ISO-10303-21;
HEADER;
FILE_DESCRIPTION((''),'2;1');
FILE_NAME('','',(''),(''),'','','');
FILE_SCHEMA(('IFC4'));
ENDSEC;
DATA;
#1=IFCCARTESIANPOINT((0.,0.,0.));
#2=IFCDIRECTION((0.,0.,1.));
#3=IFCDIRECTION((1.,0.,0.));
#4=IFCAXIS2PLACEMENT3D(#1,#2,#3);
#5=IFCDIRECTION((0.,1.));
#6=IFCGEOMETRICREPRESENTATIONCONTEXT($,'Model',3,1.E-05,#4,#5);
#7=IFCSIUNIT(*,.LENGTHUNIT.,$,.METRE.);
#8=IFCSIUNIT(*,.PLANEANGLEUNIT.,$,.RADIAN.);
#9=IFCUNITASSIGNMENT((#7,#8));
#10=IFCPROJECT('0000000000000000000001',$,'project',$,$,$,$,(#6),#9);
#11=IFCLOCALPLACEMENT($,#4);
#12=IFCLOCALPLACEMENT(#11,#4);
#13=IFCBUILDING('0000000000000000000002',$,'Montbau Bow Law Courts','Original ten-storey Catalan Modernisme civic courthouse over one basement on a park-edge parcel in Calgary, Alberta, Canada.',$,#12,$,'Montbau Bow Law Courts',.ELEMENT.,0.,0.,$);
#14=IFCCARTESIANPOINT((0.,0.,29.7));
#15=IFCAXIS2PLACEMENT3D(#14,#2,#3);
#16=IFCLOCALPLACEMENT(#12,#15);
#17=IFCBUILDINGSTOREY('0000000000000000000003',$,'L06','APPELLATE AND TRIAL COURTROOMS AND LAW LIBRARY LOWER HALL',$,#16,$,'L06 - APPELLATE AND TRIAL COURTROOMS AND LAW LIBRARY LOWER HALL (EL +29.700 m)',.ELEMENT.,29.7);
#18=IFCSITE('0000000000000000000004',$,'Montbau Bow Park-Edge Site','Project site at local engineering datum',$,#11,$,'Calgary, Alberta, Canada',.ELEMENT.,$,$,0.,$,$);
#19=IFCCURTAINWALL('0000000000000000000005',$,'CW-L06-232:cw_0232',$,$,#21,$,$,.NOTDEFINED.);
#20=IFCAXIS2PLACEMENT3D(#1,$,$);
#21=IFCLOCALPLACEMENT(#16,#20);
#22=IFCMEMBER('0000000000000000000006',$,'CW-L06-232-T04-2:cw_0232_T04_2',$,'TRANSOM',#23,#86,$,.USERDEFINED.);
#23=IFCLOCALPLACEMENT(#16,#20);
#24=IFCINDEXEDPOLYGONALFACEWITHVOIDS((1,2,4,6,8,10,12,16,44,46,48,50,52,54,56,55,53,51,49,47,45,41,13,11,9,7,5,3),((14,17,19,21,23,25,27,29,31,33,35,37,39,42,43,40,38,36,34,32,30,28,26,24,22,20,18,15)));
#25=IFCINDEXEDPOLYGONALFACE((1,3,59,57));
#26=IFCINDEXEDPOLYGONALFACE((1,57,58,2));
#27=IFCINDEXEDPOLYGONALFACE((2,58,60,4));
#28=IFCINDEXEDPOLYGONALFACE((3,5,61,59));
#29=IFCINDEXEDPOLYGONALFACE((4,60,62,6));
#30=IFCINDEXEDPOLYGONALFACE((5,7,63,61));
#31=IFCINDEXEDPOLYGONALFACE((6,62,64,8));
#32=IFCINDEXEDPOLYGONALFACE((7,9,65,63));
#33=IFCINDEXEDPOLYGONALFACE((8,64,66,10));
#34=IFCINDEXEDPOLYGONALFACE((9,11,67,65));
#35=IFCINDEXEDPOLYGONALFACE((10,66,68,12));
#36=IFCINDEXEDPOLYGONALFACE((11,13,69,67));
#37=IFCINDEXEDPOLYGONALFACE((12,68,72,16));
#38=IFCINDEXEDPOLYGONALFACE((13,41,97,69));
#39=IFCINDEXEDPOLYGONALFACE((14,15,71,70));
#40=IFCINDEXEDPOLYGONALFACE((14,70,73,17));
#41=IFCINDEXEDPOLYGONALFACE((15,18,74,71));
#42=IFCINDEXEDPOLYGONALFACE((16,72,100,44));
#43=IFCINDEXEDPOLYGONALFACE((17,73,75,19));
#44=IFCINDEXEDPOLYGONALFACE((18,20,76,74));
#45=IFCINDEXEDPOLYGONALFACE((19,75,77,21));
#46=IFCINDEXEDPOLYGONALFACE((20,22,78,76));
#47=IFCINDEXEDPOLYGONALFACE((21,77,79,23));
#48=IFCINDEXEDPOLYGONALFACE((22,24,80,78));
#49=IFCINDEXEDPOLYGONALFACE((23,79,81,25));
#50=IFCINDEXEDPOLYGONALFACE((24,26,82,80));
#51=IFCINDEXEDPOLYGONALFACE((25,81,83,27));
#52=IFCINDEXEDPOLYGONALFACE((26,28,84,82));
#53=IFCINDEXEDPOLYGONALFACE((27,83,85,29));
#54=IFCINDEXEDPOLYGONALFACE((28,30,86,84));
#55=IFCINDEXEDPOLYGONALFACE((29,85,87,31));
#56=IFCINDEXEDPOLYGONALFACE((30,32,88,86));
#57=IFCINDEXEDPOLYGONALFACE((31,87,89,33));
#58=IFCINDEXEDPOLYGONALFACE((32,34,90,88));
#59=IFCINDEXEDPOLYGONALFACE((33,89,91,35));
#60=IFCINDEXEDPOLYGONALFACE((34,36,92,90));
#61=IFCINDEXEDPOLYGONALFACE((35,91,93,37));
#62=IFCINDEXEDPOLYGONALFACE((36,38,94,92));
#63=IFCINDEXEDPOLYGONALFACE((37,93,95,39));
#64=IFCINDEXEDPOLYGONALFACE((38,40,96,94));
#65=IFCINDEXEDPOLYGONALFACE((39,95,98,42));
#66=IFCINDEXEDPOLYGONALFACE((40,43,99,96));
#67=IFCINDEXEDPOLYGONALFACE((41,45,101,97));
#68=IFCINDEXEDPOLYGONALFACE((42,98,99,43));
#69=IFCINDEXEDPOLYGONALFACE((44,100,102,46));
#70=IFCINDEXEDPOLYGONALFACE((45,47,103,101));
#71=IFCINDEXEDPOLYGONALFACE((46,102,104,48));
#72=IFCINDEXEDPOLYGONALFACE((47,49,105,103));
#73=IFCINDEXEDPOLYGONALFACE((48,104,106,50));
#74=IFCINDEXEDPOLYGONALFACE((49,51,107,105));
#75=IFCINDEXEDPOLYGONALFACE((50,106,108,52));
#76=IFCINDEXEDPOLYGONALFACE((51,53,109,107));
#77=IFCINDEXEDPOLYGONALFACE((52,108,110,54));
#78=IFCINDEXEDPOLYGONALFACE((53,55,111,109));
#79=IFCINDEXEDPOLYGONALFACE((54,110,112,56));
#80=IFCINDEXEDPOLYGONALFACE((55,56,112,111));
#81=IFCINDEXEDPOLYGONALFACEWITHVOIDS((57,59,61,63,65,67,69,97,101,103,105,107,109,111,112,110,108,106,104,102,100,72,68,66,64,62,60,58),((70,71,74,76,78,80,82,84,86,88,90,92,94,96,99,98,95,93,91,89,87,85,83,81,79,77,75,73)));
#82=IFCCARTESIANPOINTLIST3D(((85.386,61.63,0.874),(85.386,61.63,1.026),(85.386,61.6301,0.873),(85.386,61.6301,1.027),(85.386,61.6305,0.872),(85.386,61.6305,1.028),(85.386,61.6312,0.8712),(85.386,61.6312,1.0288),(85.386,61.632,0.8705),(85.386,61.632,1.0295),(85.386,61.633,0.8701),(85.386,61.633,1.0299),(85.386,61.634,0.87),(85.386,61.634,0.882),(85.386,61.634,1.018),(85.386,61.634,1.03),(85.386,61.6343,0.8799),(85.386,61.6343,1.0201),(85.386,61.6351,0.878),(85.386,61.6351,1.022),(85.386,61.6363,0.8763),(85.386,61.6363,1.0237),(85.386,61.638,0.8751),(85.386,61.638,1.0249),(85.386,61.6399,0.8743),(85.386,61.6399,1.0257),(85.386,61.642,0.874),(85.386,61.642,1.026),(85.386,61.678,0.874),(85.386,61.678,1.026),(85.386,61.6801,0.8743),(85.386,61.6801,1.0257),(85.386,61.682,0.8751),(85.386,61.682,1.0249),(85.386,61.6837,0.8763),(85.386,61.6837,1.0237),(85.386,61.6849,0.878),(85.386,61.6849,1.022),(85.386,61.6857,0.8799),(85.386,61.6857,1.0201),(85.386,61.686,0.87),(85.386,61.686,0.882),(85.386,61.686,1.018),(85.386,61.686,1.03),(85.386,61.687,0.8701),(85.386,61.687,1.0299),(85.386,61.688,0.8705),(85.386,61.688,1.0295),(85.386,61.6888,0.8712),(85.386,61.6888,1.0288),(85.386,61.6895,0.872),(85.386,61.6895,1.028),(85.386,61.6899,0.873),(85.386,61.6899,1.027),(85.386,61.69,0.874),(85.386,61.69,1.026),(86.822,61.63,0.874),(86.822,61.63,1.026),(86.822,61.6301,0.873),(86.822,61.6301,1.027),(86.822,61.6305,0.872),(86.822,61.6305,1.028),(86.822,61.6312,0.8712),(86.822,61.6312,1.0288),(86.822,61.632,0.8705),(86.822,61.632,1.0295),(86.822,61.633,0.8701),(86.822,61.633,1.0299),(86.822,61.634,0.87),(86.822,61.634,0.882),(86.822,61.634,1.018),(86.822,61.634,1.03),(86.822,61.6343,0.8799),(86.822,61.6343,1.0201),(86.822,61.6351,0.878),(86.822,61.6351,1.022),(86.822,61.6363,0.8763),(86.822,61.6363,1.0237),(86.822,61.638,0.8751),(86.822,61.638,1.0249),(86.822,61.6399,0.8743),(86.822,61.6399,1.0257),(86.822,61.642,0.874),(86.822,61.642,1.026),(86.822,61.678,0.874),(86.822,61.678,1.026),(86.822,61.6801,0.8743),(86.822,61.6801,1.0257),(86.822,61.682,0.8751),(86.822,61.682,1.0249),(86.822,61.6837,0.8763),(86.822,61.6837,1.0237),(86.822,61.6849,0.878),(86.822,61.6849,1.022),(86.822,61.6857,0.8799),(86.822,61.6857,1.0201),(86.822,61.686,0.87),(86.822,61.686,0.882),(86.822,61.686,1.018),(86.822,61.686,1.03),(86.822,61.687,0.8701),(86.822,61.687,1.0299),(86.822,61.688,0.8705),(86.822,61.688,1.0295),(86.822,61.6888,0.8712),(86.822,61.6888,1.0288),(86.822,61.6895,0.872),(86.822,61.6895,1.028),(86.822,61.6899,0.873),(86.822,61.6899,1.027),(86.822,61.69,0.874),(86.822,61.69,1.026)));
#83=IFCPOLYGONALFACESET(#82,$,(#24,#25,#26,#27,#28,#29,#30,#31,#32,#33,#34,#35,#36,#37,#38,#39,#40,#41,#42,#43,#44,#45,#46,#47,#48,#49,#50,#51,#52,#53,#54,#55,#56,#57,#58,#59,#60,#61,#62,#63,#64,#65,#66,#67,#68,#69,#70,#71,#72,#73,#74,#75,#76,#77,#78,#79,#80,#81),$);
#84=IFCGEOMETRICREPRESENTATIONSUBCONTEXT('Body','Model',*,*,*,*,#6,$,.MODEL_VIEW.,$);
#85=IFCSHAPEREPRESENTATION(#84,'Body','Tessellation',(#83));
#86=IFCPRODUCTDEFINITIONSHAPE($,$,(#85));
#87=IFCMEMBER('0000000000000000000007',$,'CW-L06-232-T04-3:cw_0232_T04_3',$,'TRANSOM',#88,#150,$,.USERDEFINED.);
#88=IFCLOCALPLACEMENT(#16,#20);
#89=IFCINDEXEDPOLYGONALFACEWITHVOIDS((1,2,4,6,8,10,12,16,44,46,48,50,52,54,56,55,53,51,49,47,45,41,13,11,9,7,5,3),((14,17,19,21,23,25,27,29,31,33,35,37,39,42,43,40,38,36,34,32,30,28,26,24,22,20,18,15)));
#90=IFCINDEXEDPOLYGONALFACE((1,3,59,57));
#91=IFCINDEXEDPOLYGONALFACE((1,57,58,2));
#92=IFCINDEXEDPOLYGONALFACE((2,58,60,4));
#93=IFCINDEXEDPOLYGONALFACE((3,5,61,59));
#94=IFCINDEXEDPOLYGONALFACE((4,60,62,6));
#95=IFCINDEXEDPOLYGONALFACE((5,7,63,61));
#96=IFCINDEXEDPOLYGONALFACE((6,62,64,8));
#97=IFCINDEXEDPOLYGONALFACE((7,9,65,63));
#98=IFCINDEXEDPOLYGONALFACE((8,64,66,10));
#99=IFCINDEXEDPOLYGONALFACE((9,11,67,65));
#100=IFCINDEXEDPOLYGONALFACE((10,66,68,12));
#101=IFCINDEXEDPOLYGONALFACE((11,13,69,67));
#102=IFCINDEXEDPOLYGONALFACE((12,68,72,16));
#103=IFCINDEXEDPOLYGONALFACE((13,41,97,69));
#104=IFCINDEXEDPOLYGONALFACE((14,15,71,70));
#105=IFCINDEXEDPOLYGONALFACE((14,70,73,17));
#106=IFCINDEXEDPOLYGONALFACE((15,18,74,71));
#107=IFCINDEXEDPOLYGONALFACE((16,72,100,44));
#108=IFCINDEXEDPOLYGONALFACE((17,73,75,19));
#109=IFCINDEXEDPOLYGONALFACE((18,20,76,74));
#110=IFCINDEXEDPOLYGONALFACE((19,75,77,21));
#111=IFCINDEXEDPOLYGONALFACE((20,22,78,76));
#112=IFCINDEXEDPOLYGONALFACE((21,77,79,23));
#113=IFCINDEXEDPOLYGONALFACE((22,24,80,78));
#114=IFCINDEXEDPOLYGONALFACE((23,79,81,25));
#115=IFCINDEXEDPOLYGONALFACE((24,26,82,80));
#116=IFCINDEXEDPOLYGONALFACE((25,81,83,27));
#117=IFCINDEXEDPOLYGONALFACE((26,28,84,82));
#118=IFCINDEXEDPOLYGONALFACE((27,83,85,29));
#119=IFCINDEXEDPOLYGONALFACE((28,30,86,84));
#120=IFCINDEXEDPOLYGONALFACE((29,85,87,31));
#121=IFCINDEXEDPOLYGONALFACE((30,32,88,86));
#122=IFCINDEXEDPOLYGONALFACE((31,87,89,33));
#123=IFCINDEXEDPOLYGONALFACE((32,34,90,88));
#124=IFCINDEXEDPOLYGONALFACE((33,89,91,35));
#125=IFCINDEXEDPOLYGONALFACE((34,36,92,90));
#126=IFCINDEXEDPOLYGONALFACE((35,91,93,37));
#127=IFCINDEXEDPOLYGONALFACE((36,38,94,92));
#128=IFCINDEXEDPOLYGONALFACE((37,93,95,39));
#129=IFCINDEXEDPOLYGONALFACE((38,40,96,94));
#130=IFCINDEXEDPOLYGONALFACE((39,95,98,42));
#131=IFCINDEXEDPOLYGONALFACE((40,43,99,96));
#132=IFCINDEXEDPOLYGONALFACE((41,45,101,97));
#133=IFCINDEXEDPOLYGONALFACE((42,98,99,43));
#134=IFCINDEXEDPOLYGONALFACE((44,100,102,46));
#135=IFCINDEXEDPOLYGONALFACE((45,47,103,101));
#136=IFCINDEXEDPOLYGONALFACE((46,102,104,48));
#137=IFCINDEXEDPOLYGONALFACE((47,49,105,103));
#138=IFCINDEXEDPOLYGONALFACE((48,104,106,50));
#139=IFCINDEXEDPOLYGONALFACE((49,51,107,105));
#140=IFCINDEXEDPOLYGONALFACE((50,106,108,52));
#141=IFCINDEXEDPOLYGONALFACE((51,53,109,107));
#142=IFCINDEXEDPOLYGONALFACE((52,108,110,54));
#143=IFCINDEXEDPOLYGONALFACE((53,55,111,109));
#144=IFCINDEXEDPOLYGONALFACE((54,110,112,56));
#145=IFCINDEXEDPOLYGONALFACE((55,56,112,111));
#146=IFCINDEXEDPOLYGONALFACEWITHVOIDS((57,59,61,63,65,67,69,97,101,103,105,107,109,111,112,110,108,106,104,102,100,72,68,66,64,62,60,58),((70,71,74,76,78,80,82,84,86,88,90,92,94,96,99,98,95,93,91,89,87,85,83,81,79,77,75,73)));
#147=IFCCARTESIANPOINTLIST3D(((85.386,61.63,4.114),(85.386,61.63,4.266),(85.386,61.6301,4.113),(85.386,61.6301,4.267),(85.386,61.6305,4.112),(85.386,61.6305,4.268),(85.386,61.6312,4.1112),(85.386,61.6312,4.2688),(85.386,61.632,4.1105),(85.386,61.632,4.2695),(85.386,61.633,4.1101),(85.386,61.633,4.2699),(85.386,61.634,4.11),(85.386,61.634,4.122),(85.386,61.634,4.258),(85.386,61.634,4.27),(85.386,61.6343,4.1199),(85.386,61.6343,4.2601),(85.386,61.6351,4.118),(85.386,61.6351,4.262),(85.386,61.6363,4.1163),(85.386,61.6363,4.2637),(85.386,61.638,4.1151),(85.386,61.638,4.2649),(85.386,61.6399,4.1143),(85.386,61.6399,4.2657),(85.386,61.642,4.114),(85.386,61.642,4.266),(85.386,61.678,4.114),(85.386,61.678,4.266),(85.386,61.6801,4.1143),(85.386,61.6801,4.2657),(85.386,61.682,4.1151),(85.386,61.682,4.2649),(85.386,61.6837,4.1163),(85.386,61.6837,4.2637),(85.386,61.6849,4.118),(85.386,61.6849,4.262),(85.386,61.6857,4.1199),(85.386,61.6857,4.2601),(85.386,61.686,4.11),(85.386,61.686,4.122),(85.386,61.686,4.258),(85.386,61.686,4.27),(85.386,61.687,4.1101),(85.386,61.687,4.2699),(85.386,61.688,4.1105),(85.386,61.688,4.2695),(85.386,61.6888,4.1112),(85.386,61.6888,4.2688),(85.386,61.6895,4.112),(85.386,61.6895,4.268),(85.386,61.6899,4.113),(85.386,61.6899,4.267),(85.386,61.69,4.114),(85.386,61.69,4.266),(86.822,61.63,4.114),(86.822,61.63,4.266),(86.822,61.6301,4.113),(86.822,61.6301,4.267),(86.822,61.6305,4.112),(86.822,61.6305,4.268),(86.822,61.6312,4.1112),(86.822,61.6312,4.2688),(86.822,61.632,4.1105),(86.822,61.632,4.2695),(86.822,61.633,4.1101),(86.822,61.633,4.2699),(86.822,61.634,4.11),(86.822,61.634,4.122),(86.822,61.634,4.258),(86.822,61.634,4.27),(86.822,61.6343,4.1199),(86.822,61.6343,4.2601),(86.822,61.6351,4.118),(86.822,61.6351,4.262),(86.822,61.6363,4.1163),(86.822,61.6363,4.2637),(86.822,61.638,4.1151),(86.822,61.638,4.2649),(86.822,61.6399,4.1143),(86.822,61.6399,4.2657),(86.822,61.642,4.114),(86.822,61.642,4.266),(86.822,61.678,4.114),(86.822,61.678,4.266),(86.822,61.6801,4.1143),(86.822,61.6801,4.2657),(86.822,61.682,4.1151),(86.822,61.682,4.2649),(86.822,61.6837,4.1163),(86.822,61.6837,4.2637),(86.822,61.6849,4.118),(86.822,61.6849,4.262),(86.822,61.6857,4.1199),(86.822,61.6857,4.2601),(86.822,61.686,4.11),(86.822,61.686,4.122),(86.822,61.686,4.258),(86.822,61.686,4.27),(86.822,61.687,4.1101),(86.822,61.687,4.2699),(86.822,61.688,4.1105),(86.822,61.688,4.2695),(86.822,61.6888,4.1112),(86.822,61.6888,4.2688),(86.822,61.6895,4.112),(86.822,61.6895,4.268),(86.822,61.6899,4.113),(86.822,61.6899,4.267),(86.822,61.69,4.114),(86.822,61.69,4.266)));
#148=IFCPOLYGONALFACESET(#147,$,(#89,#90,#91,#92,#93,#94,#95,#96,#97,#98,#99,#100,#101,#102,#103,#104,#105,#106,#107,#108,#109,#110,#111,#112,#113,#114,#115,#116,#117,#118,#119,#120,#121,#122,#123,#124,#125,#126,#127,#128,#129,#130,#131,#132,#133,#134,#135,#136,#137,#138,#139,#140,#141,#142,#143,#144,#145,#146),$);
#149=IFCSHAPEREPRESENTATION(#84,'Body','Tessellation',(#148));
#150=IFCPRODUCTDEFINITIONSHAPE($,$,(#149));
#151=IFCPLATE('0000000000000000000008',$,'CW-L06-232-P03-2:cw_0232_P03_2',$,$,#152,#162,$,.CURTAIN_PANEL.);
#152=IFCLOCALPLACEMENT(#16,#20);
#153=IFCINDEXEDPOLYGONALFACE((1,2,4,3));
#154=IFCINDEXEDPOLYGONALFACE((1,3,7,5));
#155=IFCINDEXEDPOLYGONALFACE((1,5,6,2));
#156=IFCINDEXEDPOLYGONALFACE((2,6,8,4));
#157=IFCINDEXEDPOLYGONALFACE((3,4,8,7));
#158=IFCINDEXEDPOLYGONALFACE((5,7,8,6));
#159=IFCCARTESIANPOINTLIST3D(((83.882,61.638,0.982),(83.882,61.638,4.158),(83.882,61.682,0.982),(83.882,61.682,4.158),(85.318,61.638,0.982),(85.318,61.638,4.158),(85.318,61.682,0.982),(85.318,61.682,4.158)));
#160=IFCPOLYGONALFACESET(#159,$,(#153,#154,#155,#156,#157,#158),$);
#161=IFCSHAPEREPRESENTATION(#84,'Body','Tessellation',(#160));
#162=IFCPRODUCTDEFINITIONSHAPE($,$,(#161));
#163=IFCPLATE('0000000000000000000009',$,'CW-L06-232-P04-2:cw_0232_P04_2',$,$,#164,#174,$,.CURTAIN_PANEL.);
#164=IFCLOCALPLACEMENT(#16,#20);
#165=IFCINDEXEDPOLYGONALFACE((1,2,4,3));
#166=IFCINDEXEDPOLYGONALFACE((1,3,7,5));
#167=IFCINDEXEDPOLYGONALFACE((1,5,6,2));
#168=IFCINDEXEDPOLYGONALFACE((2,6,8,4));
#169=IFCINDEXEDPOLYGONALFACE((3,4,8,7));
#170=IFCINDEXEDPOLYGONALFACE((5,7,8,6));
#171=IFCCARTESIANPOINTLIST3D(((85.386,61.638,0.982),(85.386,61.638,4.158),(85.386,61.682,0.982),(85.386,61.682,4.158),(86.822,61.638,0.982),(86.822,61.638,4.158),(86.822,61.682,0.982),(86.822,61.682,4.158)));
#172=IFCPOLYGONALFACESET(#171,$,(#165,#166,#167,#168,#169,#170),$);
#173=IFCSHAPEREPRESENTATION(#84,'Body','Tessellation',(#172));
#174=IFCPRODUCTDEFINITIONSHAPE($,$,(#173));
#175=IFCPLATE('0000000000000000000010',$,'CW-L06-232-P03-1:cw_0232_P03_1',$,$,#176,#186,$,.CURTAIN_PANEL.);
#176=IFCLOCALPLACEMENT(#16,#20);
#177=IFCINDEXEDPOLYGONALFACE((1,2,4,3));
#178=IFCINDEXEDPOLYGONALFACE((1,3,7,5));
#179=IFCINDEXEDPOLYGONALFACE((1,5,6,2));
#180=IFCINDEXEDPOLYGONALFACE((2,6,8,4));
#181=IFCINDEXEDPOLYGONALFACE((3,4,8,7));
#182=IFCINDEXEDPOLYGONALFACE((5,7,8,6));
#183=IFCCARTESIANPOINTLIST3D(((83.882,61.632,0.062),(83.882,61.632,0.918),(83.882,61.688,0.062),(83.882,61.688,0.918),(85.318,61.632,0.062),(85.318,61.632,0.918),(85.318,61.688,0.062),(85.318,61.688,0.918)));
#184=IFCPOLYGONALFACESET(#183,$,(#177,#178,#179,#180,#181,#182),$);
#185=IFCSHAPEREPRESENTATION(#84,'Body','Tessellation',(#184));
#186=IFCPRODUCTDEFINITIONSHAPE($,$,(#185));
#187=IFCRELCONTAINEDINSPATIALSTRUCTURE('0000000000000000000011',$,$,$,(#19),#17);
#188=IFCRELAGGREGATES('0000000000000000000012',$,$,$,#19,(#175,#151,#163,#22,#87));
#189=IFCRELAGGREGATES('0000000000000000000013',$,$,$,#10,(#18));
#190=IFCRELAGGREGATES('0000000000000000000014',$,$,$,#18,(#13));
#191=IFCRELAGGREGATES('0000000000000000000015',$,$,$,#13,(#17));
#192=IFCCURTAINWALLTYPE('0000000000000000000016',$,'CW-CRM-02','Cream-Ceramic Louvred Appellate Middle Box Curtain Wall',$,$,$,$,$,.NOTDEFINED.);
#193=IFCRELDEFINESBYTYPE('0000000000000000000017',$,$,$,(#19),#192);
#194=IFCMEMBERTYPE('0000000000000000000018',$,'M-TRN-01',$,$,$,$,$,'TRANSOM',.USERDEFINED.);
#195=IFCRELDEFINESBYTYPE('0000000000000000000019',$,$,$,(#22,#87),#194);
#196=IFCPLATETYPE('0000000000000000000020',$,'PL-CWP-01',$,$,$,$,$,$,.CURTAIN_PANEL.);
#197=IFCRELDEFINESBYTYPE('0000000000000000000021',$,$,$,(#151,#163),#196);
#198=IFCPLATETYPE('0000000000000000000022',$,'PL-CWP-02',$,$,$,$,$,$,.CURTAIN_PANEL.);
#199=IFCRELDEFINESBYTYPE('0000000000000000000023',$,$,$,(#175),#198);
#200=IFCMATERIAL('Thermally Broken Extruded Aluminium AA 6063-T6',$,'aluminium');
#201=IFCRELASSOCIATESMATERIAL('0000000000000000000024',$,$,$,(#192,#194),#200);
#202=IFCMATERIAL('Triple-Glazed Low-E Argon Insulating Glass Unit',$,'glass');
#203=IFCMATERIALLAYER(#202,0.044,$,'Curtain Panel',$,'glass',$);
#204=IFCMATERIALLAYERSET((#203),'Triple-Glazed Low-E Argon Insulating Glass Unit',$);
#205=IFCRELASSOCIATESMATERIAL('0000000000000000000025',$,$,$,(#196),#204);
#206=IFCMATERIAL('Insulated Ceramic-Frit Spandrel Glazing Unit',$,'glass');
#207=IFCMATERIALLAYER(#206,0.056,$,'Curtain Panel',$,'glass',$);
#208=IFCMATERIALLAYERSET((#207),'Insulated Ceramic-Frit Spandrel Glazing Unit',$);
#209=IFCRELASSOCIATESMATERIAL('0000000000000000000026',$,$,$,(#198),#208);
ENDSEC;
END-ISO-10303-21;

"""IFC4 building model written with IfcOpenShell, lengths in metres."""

from ifc_helpers import new_model, si_unit, direction, frame, frame_2d, origin_with_axes, origin_2d_with_axis, place, context, subcontext, project, spatial, rectangle, hollow_rectangle, extrude, material, layer, layer_set, material_profile, profile_set, type_object, element, aggregate, save


model = new_model("IFC4")

# Units and contexts
model_context = context("Model", 3, precision=1e-05, world=origin_with_axes(), true_north=direction((0.0, 1.0)))
body_context = subcontext(model_context, "Body", "Model", "MODEL_VIEW")
ifc_project = project(units=[si_unit("LENGTHUNIT", "METRE"), si_unit("PLANEANGLEUNIT", "RADIAN")], contexts=[model_context])

# Site, building, storey
site_placement = place(None, origin_with_axes())
site = spatial("IfcSite", under=ifc_project, at=site_placement, Name="Montbau Bow Park-Edge Site", Description="Project site at local engineering datum", LongName="Calgary, Alberta, Canada", CompositionType="ELEMENT", RefElevation=0.0)
building_placement = place(site_placement, origin_with_axes())
building = spatial("IfcBuilding", under=site, at=building_placement, Name="Montbau Bow Law Courts", Description="Original ten-storey Catalan Modernisme civic courthouse over one basement on a park-edge parcel in Calgary, Alberta, Canada.", LongName="Montbau Bow Law Courts", CompositionType="ELEMENT", ElevationOfRefHeight=0.0, ElevationOfTerrain=0.0)
storey_placement = place(building_placement, frame((0.0, 0.0, 29.7), z_axis=(0.0, 0.0, 1.0), x_axis=(1.0, 0.0, 0.0)))
storey = spatial("IfcBuildingStorey", under=building, at=storey_placement, Name="L06", Description="APPELLATE AND TRIAL COURTROOMS AND LAW LIBRARY LOWER HALL", LongName="L06 - APPELLATE AND TRIAL COURTROOMS AND LAW LIBRARY LOWER HALL (EL +29.700 m)", CompositionType="ELEMENT", Elevation=29.7)

# Curtain wall, members, plates
ifc_material_1 = material(Name="Thermally Broken Extruded Aluminium AA 6063-T6", Category="aluminium")
curtain_wall_type = type_object("IfcCurtainWallType", Name="CW-CRM-02", Description="Cream-Ceramic Louvred Appellate Middle Box Curtain Wall", PredefinedType="NOTDEFINED", material=ifc_material_1)
curtain_wall_placement = place(None, frame((80.84, 61.66, 29.7), z_axis=(0.0, 0.0, 1.0), x_axis=(1.0, 0.0, 0.0)))
curtain_wall = element("IfcCurtainWall", 1, at=curtain_wall_placement, inside=storey, type_object=curtain_wall_type, Name="CW-L06-232:cw_0232", PredefinedType="NOTDEFINED")
ifc_material_profile_1 = material_profile(ifc_material_1, hollow_rectangle(XDim=0.06, YDim=0.16, WallThickness=0.004, InnerFilletRadius=0.008, OuterFilletRadius=0.004, at=origin_2d_with_axis()), Name="CWT-160X60", Category="Main", Priority=0)
ifc_profile_set_1 = profile_set([ifc_material_profile_1], Name="Thermally Broken Extruded Aluminium AA 6063-T6")
member_type_1 = type_object("IfcMemberType", Name="M-TRN-01", ElementType="TRANSOM", PredefinedType="USERDEFINED", material=ifc_profile_set_1)
member_1_placement = place(None, frame((85.386, 61.66, 30.65), z_axis=(1.0, 0.0, 0.0), x_axis=(0.0, 1.0, 0.0)))
member_1 = element("IfcMember", 2, at=member_1_placement, type_object=member_type_1, Name="CW-L06-232-T04-2:cw_0232_T04_2", ObjectType="TRANSOM", PredefinedType="USERDEFINED", context=body_context, shape_type="SweptSolid", body=[
    extrude(hollow_rectangle(XDim=0.06, YDim=0.16, WallThickness=0.004, InnerFilletRadius=0.008, OuterFilletRadius=0.004, at=origin_2d_with_axis()), origin_with_axes(), (0.0, 0.0, 1.0), 1.436),
])
member_2_placement = place(None, frame((85.386, 61.66, 33.89), z_axis=(1.0, 0.0, 0.0), x_axis=(0.0, 1.0, 0.0)))
member_2 = element("IfcMember", 3, at=member_2_placement, type_object=member_type_1, Name="CW-L06-232-T04-3:cw_0232_T04_3", ObjectType="TRANSOM", PredefinedType="USERDEFINED", context=body_context, shape_type="SweptSolid", body=[
    extrude(hollow_rectangle(XDim=0.06, YDim=0.16, WallThickness=0.004, InnerFilletRadius=0.008, OuterFilletRadius=0.004, at=origin_2d_with_axis()), origin_with_axes(), (0.0, 0.0, 1.0), 1.436),
])
ifc_material_2 = material(Name="Triple-Glazed Low-E Argon Insulating Glass Unit", Category="glass")
ifc_layer_1 = layer(ifc_material_2, 0.044, Name="Curtain Panel", Category="glass")
ifc_layer_set_1 = layer_set([ifc_layer_1], Name="Triple-Glazed Low-E Argon Insulating Glass Unit")
plate_type_1 = type_object("IfcPlateType", Name="PL-CWP-01", PredefinedType="CURTAIN_PANEL", material=ifc_layer_set_1)
plate_1_placement = place(None, frame((83.882, 61.66, 30.682), z_axis=(0.0, -1.0, 0.0), x_axis=(1.0, 0.0, 0.0)))
plate_1 = element("IfcPlate", 4, at=plate_1_placement, type_object=plate_type_1, Name="CW-L06-232-P03-2:cw_0232_P03_2", PredefinedType="CURTAIN_PANEL", context=body_context, shape_type="SweptSolid", body=[
    extrude(rectangle(XDim=1.436, YDim=3.176, at=frame_2d((0.718, 1.588), x_axis=(1.0, 0.0))), frame((0.0, 0.0, -0.022), z_axis=(0.0, 0.0, 1.0), x_axis=(1.0, 0.0, 0.0)), (0.0, 0.0, 1.0), 0.044),
])
plate_2_placement = place(None, frame((85.386, 61.66, 30.682), z_axis=(0.0, -1.0, 0.0), x_axis=(1.0, 0.0, 0.0)))
plate_2 = element("IfcPlate", 5, at=plate_2_placement, type_object=plate_type_1, Name="CW-L06-232-P04-2:cw_0232_P04_2", PredefinedType="CURTAIN_PANEL", context=body_context, shape_type="SweptSolid", body=[
    extrude(rectangle(XDim=1.436, YDim=3.176, at=frame_2d((0.718, 1.588), x_axis=(1.0, 0.0))), frame((0.0, 0.0, -0.022), z_axis=(0.0, 0.0, 1.0), x_axis=(1.0, 0.0, 0.0)), (0.0, 0.0, 1.0), 0.044),
])
ifc_material_3 = material(Name="Insulated Ceramic-Frit Spandrel Glazing Unit", Category="glass")
ifc_layer_2 = layer(ifc_material_3, 0.056, Name="Curtain Panel", Category="glass")
ifc_layer_set_2 = layer_set([ifc_layer_2], Name="Insulated Ceramic-Frit Spandrel Glazing Unit")
plate_type_2 = type_object("IfcPlateType", Name="PL-CWP-02", PredefinedType="CURTAIN_PANEL", material=ifc_layer_set_2)
plate_3_placement = place(None, frame((83.882, 61.66, 29.762), z_axis=(0.0, -1.0, 0.0), x_axis=(1.0, 0.0, 0.0)))
plate_3 = element("IfcPlate", 6, at=plate_3_placement, type_object=plate_type_2, Name="CW-L06-232-P03-1:cw_0232_P03_1", PredefinedType="CURTAIN_PANEL", context=body_context, shape_type="SweptSolid", body=[
    extrude(rectangle(XDim=1.436, YDim=0.856, at=frame_2d((0.718, 0.428), x_axis=(1.0, 0.0))), frame((0.0, 0.0, -0.028), z_axis=(0.0, 0.0, 1.0), x_axis=(1.0, 0.0, 0.0)), (0.0, 0.0, 1.0), 0.056),
])
aggregate(curtain_wall, [plate_3, plate_1, plate_2, member_1, member_2])

save(model, "model.ifc")
